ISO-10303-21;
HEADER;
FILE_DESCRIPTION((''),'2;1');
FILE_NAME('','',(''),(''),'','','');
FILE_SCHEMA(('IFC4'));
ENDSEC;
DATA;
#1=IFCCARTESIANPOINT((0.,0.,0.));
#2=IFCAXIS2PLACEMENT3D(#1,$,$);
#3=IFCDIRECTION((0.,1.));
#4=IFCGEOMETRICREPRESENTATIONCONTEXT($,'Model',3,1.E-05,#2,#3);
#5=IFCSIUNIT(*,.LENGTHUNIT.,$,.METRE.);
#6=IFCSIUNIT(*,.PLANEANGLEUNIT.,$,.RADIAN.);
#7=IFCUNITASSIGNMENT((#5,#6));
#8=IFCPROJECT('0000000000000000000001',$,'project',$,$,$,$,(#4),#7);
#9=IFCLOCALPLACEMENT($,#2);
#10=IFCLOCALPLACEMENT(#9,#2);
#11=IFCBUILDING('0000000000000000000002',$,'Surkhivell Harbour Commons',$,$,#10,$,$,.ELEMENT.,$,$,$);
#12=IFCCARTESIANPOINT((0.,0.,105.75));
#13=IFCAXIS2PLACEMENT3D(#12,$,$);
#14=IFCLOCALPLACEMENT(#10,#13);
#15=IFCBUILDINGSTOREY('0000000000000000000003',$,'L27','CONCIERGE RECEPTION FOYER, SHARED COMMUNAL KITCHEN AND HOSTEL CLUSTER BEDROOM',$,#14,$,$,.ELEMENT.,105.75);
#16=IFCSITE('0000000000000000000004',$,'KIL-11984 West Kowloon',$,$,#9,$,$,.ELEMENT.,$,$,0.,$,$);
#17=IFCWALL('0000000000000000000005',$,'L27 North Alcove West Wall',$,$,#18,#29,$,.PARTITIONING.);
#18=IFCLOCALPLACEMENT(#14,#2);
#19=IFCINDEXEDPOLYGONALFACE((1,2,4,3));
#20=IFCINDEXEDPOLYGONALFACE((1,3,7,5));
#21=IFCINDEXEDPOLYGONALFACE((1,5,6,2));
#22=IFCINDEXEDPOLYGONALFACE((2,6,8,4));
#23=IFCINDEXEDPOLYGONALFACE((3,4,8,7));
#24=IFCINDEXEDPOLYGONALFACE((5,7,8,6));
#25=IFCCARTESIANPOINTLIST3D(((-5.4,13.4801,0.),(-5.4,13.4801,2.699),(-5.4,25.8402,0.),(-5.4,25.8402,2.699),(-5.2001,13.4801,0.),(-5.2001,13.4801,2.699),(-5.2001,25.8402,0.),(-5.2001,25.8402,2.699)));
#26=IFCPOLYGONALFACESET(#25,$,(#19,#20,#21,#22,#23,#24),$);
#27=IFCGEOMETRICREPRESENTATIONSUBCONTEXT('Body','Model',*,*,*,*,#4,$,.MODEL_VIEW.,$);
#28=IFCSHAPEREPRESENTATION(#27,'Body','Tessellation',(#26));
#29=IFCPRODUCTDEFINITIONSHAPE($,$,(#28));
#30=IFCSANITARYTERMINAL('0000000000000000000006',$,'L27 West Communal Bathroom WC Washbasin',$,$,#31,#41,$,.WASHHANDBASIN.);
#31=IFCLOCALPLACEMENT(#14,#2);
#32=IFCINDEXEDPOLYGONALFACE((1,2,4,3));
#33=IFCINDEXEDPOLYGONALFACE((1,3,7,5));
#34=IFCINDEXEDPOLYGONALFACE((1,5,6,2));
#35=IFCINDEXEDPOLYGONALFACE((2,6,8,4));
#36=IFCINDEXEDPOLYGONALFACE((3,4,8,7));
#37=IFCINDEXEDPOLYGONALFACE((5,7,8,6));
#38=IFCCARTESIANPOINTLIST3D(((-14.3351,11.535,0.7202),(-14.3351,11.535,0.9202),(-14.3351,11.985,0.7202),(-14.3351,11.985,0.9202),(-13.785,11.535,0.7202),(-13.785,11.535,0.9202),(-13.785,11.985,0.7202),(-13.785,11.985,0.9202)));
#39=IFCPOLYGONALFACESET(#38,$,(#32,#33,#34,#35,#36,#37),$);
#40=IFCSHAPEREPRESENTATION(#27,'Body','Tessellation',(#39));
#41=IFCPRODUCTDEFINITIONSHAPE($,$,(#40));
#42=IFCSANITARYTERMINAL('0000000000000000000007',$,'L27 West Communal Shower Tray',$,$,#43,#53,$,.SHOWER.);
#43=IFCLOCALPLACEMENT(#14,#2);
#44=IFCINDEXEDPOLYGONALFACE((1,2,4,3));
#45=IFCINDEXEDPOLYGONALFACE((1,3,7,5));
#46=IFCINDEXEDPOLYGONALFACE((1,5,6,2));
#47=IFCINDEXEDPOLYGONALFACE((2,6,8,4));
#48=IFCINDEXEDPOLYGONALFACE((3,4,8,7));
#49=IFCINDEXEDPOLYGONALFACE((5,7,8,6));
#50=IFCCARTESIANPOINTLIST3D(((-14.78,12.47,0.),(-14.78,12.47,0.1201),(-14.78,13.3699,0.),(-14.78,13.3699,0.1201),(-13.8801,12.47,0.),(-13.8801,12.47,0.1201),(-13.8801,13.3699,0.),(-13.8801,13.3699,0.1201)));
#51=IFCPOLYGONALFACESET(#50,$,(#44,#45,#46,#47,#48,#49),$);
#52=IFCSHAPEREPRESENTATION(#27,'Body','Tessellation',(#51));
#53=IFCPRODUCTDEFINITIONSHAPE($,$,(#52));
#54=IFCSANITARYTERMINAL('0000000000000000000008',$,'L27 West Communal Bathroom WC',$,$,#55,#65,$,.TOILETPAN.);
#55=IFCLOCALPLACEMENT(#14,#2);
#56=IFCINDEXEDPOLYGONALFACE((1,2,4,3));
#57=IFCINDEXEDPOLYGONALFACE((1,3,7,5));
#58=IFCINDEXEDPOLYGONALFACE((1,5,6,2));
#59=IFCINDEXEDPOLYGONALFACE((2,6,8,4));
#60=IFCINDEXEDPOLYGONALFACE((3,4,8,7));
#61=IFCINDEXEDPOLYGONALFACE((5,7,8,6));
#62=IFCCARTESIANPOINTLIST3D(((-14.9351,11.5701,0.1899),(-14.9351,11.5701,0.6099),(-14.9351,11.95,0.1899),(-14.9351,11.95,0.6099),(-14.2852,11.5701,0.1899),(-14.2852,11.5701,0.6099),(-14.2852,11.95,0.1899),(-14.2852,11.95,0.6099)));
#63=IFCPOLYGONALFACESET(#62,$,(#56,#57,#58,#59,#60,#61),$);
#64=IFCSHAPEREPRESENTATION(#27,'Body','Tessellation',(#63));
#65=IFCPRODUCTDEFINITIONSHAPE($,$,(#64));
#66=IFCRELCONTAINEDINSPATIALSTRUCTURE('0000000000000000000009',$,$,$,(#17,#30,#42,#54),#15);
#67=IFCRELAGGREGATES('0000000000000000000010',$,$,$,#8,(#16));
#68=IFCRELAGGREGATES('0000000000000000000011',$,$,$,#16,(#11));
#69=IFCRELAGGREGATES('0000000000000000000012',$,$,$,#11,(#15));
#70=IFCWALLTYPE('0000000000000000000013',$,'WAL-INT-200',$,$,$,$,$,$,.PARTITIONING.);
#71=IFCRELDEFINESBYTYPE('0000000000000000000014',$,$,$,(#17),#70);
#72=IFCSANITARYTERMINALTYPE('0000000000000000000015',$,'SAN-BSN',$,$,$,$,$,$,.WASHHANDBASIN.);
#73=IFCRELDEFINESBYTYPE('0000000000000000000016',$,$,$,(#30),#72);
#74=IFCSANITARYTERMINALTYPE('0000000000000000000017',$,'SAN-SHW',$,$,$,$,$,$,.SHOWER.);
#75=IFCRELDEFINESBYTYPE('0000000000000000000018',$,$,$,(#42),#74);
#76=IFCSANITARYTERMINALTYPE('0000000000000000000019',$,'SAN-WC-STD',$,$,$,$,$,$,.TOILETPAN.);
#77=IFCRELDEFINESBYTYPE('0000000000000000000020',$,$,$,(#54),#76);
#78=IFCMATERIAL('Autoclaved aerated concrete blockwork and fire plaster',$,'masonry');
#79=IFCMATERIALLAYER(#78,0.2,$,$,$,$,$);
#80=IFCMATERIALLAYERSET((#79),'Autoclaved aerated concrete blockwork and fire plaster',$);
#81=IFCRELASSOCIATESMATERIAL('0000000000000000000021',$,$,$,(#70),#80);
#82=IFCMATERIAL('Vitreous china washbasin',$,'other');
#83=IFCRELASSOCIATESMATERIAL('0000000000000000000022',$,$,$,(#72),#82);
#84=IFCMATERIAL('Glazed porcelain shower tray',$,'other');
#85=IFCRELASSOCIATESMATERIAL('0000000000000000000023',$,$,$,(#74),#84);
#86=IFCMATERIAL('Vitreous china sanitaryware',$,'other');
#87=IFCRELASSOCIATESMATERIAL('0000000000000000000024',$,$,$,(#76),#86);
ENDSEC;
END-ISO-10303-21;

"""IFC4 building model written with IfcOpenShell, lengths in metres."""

from ifc_helpers import new_model, si_unit, direction, frame, frame_2d, origin, origin_2d, place, context, subcontext, project, spatial, rectangle, extrude, material, layer, layer_set, type_object, element, save


model = new_model("IFC4")

# Units and contexts
model_context = context("Model", 3, precision=1e-05, world=origin(), true_north=direction((0.0, 1.0)))
body_context = subcontext(model_context, "Body", "Model", "MODEL_VIEW")
ifc_project = project(units=[si_unit("LENGTHUNIT", "METRE"), si_unit("PLANEANGLEUNIT", "RADIAN")], contexts=[model_context])

# Site, building, storey
site_placement = place(None, origin())
site = spatial("IfcSite", under=ifc_project, at=site_placement, Name="KIL-11984 West Kowloon", CompositionType="ELEMENT", RefElevation=0.0)
building_placement = place(site_placement, origin())
building = spatial("IfcBuilding", under=site, at=building_placement, Name="Surkhivell Harbour Commons", CompositionType="ELEMENT")
storey_placement = place(building_placement, frame((0.0, 0.0, 105.75)))
storey = spatial("IfcBuildingStorey", under=building, at=storey_placement, Name="L27", Description="CONCIERGE RECEPTION FOYER, SHARED COMMUNAL KITCHEN AND HOSTEL CLUSTER BEDROOM", CompositionType="ELEMENT", Elevation=105.75)

# Shared definitions
ifc_material_1 = material(Name="Autoclaved aerated concrete blockwork and fire plaster", Category="masonry")
ifc_layer_1 = layer(ifc_material_1, 0.2)
ifc_layer_set_1 = layer_set([ifc_layer_1], Name="Autoclaved aerated concrete blockwork and fire plaster")
wall_type_1 = type_object("IfcWallType", Name="WAL-INT-200", PredefinedType="PARTITIONING", material=ifc_layer_set_1)

# Wall
wall_1_placement = place(storey_placement, frame((-5.3, 13.48, 0.0), z_axis=(0.0, 0.0, 1.0), x_axis=(0.0, 1.0, 0.0)))
element("IfcWall", 1, at=wall_1_placement, inside=storey, type_object=wall_type_1, Name="L27 North Alcove West Wall", PredefinedType="PARTITIONING", context=body_context, shape_type="SweptSolid", body=[
    extrude(rectangle(XDim=12.3601, YDim=0.2, at=frame_2d((6.1802, 0.0))), origin(), (0.0, 0.0, 1.0), 2.699),
])

# Sanitary terminals
ifc_material_2 = material(Name="Vitreous china washbasin", Category="other")
sanitary_terminal_type_1 = type_object("IfcSanitaryTerminalType", Name="SAN-BSN", PredefinedType="WASHHANDBASIN", material=ifc_material_2)
sanitary_terminal_1_placement = place(storey_placement, frame((-14.0601, 11.76, 0.7202), z_axis=(0.0, 0.0, 1.0), x_axis=(1.0, 0.0, 0.0)))
element("IfcSanitaryTerminal", 2, at=sanitary_terminal_1_placement, inside=storey, type_object=sanitary_terminal_type_1, Name="L27 West Communal Bathroom WC Washbasin", PredefinedType="WASHHANDBASIN", context=body_context, shape_type="SweptSolid", body=[
    extrude(rectangle(XDim=0.55, YDim=0.45, at=origin_2d()), origin(), (0.0, 0.0, 1.0), 0.2),
])
ifc_material_3 = material(Name="Glazed porcelain shower tray", Category="other")
sanitary_terminal_type_2 = type_object("IfcSanitaryTerminalType", Name="SAN-SHW", PredefinedType="SHOWER", material=ifc_material_3)
sanitary_terminal_2_placement = place(storey_placement, frame((-14.3301, 12.9199, 0.0), z_axis=(0.0, 0.0, 1.0), x_axis=(1.0, 0.0, 0.0)))
element("IfcSanitaryTerminal", 3, at=sanitary_terminal_2_placement, inside=storey, type_object=sanitary_terminal_type_2, Name="L27 West Communal Shower Tray", PredefinedType="SHOWER", context=body_context, shape_type="SweptSolid", body=[
    extrude(rectangle(XDim=0.8999, YDim=0.8999, at=origin_2d()), origin(), (0.0, 0.0, 1.0), 0.1201),
])
ifc_material_4 = material(Name="Vitreous china sanitaryware", Category="other")
sanitary_terminal_type_3 = type_object("IfcSanitaryTerminalType", Name="SAN-WC-STD", PredefinedType="TOILETPAN", material=ifc_material_4)
sanitary_terminal_3_placement = place(storey_placement, frame((-14.6101, 11.76, 0.1899), z_axis=(0.0, 0.0, 1.0), x_axis=(1.0, 0.0, 0.0)))
element("IfcSanitaryTerminal", 4, at=sanitary_terminal_3_placement, inside=storey, type_object=sanitary_terminal_type_3, Name="L27 West Communal Bathroom WC", PredefinedType="TOILETPAN", context=body_context, shape_type="SweptSolid", body=[
    extrude(rectangle(XDim=0.6499, YDim=0.3799, at=origin_2d()), origin(), (0.0, 0.0, 1.0), 0.4199),
])

save(model, "model.ifc")
